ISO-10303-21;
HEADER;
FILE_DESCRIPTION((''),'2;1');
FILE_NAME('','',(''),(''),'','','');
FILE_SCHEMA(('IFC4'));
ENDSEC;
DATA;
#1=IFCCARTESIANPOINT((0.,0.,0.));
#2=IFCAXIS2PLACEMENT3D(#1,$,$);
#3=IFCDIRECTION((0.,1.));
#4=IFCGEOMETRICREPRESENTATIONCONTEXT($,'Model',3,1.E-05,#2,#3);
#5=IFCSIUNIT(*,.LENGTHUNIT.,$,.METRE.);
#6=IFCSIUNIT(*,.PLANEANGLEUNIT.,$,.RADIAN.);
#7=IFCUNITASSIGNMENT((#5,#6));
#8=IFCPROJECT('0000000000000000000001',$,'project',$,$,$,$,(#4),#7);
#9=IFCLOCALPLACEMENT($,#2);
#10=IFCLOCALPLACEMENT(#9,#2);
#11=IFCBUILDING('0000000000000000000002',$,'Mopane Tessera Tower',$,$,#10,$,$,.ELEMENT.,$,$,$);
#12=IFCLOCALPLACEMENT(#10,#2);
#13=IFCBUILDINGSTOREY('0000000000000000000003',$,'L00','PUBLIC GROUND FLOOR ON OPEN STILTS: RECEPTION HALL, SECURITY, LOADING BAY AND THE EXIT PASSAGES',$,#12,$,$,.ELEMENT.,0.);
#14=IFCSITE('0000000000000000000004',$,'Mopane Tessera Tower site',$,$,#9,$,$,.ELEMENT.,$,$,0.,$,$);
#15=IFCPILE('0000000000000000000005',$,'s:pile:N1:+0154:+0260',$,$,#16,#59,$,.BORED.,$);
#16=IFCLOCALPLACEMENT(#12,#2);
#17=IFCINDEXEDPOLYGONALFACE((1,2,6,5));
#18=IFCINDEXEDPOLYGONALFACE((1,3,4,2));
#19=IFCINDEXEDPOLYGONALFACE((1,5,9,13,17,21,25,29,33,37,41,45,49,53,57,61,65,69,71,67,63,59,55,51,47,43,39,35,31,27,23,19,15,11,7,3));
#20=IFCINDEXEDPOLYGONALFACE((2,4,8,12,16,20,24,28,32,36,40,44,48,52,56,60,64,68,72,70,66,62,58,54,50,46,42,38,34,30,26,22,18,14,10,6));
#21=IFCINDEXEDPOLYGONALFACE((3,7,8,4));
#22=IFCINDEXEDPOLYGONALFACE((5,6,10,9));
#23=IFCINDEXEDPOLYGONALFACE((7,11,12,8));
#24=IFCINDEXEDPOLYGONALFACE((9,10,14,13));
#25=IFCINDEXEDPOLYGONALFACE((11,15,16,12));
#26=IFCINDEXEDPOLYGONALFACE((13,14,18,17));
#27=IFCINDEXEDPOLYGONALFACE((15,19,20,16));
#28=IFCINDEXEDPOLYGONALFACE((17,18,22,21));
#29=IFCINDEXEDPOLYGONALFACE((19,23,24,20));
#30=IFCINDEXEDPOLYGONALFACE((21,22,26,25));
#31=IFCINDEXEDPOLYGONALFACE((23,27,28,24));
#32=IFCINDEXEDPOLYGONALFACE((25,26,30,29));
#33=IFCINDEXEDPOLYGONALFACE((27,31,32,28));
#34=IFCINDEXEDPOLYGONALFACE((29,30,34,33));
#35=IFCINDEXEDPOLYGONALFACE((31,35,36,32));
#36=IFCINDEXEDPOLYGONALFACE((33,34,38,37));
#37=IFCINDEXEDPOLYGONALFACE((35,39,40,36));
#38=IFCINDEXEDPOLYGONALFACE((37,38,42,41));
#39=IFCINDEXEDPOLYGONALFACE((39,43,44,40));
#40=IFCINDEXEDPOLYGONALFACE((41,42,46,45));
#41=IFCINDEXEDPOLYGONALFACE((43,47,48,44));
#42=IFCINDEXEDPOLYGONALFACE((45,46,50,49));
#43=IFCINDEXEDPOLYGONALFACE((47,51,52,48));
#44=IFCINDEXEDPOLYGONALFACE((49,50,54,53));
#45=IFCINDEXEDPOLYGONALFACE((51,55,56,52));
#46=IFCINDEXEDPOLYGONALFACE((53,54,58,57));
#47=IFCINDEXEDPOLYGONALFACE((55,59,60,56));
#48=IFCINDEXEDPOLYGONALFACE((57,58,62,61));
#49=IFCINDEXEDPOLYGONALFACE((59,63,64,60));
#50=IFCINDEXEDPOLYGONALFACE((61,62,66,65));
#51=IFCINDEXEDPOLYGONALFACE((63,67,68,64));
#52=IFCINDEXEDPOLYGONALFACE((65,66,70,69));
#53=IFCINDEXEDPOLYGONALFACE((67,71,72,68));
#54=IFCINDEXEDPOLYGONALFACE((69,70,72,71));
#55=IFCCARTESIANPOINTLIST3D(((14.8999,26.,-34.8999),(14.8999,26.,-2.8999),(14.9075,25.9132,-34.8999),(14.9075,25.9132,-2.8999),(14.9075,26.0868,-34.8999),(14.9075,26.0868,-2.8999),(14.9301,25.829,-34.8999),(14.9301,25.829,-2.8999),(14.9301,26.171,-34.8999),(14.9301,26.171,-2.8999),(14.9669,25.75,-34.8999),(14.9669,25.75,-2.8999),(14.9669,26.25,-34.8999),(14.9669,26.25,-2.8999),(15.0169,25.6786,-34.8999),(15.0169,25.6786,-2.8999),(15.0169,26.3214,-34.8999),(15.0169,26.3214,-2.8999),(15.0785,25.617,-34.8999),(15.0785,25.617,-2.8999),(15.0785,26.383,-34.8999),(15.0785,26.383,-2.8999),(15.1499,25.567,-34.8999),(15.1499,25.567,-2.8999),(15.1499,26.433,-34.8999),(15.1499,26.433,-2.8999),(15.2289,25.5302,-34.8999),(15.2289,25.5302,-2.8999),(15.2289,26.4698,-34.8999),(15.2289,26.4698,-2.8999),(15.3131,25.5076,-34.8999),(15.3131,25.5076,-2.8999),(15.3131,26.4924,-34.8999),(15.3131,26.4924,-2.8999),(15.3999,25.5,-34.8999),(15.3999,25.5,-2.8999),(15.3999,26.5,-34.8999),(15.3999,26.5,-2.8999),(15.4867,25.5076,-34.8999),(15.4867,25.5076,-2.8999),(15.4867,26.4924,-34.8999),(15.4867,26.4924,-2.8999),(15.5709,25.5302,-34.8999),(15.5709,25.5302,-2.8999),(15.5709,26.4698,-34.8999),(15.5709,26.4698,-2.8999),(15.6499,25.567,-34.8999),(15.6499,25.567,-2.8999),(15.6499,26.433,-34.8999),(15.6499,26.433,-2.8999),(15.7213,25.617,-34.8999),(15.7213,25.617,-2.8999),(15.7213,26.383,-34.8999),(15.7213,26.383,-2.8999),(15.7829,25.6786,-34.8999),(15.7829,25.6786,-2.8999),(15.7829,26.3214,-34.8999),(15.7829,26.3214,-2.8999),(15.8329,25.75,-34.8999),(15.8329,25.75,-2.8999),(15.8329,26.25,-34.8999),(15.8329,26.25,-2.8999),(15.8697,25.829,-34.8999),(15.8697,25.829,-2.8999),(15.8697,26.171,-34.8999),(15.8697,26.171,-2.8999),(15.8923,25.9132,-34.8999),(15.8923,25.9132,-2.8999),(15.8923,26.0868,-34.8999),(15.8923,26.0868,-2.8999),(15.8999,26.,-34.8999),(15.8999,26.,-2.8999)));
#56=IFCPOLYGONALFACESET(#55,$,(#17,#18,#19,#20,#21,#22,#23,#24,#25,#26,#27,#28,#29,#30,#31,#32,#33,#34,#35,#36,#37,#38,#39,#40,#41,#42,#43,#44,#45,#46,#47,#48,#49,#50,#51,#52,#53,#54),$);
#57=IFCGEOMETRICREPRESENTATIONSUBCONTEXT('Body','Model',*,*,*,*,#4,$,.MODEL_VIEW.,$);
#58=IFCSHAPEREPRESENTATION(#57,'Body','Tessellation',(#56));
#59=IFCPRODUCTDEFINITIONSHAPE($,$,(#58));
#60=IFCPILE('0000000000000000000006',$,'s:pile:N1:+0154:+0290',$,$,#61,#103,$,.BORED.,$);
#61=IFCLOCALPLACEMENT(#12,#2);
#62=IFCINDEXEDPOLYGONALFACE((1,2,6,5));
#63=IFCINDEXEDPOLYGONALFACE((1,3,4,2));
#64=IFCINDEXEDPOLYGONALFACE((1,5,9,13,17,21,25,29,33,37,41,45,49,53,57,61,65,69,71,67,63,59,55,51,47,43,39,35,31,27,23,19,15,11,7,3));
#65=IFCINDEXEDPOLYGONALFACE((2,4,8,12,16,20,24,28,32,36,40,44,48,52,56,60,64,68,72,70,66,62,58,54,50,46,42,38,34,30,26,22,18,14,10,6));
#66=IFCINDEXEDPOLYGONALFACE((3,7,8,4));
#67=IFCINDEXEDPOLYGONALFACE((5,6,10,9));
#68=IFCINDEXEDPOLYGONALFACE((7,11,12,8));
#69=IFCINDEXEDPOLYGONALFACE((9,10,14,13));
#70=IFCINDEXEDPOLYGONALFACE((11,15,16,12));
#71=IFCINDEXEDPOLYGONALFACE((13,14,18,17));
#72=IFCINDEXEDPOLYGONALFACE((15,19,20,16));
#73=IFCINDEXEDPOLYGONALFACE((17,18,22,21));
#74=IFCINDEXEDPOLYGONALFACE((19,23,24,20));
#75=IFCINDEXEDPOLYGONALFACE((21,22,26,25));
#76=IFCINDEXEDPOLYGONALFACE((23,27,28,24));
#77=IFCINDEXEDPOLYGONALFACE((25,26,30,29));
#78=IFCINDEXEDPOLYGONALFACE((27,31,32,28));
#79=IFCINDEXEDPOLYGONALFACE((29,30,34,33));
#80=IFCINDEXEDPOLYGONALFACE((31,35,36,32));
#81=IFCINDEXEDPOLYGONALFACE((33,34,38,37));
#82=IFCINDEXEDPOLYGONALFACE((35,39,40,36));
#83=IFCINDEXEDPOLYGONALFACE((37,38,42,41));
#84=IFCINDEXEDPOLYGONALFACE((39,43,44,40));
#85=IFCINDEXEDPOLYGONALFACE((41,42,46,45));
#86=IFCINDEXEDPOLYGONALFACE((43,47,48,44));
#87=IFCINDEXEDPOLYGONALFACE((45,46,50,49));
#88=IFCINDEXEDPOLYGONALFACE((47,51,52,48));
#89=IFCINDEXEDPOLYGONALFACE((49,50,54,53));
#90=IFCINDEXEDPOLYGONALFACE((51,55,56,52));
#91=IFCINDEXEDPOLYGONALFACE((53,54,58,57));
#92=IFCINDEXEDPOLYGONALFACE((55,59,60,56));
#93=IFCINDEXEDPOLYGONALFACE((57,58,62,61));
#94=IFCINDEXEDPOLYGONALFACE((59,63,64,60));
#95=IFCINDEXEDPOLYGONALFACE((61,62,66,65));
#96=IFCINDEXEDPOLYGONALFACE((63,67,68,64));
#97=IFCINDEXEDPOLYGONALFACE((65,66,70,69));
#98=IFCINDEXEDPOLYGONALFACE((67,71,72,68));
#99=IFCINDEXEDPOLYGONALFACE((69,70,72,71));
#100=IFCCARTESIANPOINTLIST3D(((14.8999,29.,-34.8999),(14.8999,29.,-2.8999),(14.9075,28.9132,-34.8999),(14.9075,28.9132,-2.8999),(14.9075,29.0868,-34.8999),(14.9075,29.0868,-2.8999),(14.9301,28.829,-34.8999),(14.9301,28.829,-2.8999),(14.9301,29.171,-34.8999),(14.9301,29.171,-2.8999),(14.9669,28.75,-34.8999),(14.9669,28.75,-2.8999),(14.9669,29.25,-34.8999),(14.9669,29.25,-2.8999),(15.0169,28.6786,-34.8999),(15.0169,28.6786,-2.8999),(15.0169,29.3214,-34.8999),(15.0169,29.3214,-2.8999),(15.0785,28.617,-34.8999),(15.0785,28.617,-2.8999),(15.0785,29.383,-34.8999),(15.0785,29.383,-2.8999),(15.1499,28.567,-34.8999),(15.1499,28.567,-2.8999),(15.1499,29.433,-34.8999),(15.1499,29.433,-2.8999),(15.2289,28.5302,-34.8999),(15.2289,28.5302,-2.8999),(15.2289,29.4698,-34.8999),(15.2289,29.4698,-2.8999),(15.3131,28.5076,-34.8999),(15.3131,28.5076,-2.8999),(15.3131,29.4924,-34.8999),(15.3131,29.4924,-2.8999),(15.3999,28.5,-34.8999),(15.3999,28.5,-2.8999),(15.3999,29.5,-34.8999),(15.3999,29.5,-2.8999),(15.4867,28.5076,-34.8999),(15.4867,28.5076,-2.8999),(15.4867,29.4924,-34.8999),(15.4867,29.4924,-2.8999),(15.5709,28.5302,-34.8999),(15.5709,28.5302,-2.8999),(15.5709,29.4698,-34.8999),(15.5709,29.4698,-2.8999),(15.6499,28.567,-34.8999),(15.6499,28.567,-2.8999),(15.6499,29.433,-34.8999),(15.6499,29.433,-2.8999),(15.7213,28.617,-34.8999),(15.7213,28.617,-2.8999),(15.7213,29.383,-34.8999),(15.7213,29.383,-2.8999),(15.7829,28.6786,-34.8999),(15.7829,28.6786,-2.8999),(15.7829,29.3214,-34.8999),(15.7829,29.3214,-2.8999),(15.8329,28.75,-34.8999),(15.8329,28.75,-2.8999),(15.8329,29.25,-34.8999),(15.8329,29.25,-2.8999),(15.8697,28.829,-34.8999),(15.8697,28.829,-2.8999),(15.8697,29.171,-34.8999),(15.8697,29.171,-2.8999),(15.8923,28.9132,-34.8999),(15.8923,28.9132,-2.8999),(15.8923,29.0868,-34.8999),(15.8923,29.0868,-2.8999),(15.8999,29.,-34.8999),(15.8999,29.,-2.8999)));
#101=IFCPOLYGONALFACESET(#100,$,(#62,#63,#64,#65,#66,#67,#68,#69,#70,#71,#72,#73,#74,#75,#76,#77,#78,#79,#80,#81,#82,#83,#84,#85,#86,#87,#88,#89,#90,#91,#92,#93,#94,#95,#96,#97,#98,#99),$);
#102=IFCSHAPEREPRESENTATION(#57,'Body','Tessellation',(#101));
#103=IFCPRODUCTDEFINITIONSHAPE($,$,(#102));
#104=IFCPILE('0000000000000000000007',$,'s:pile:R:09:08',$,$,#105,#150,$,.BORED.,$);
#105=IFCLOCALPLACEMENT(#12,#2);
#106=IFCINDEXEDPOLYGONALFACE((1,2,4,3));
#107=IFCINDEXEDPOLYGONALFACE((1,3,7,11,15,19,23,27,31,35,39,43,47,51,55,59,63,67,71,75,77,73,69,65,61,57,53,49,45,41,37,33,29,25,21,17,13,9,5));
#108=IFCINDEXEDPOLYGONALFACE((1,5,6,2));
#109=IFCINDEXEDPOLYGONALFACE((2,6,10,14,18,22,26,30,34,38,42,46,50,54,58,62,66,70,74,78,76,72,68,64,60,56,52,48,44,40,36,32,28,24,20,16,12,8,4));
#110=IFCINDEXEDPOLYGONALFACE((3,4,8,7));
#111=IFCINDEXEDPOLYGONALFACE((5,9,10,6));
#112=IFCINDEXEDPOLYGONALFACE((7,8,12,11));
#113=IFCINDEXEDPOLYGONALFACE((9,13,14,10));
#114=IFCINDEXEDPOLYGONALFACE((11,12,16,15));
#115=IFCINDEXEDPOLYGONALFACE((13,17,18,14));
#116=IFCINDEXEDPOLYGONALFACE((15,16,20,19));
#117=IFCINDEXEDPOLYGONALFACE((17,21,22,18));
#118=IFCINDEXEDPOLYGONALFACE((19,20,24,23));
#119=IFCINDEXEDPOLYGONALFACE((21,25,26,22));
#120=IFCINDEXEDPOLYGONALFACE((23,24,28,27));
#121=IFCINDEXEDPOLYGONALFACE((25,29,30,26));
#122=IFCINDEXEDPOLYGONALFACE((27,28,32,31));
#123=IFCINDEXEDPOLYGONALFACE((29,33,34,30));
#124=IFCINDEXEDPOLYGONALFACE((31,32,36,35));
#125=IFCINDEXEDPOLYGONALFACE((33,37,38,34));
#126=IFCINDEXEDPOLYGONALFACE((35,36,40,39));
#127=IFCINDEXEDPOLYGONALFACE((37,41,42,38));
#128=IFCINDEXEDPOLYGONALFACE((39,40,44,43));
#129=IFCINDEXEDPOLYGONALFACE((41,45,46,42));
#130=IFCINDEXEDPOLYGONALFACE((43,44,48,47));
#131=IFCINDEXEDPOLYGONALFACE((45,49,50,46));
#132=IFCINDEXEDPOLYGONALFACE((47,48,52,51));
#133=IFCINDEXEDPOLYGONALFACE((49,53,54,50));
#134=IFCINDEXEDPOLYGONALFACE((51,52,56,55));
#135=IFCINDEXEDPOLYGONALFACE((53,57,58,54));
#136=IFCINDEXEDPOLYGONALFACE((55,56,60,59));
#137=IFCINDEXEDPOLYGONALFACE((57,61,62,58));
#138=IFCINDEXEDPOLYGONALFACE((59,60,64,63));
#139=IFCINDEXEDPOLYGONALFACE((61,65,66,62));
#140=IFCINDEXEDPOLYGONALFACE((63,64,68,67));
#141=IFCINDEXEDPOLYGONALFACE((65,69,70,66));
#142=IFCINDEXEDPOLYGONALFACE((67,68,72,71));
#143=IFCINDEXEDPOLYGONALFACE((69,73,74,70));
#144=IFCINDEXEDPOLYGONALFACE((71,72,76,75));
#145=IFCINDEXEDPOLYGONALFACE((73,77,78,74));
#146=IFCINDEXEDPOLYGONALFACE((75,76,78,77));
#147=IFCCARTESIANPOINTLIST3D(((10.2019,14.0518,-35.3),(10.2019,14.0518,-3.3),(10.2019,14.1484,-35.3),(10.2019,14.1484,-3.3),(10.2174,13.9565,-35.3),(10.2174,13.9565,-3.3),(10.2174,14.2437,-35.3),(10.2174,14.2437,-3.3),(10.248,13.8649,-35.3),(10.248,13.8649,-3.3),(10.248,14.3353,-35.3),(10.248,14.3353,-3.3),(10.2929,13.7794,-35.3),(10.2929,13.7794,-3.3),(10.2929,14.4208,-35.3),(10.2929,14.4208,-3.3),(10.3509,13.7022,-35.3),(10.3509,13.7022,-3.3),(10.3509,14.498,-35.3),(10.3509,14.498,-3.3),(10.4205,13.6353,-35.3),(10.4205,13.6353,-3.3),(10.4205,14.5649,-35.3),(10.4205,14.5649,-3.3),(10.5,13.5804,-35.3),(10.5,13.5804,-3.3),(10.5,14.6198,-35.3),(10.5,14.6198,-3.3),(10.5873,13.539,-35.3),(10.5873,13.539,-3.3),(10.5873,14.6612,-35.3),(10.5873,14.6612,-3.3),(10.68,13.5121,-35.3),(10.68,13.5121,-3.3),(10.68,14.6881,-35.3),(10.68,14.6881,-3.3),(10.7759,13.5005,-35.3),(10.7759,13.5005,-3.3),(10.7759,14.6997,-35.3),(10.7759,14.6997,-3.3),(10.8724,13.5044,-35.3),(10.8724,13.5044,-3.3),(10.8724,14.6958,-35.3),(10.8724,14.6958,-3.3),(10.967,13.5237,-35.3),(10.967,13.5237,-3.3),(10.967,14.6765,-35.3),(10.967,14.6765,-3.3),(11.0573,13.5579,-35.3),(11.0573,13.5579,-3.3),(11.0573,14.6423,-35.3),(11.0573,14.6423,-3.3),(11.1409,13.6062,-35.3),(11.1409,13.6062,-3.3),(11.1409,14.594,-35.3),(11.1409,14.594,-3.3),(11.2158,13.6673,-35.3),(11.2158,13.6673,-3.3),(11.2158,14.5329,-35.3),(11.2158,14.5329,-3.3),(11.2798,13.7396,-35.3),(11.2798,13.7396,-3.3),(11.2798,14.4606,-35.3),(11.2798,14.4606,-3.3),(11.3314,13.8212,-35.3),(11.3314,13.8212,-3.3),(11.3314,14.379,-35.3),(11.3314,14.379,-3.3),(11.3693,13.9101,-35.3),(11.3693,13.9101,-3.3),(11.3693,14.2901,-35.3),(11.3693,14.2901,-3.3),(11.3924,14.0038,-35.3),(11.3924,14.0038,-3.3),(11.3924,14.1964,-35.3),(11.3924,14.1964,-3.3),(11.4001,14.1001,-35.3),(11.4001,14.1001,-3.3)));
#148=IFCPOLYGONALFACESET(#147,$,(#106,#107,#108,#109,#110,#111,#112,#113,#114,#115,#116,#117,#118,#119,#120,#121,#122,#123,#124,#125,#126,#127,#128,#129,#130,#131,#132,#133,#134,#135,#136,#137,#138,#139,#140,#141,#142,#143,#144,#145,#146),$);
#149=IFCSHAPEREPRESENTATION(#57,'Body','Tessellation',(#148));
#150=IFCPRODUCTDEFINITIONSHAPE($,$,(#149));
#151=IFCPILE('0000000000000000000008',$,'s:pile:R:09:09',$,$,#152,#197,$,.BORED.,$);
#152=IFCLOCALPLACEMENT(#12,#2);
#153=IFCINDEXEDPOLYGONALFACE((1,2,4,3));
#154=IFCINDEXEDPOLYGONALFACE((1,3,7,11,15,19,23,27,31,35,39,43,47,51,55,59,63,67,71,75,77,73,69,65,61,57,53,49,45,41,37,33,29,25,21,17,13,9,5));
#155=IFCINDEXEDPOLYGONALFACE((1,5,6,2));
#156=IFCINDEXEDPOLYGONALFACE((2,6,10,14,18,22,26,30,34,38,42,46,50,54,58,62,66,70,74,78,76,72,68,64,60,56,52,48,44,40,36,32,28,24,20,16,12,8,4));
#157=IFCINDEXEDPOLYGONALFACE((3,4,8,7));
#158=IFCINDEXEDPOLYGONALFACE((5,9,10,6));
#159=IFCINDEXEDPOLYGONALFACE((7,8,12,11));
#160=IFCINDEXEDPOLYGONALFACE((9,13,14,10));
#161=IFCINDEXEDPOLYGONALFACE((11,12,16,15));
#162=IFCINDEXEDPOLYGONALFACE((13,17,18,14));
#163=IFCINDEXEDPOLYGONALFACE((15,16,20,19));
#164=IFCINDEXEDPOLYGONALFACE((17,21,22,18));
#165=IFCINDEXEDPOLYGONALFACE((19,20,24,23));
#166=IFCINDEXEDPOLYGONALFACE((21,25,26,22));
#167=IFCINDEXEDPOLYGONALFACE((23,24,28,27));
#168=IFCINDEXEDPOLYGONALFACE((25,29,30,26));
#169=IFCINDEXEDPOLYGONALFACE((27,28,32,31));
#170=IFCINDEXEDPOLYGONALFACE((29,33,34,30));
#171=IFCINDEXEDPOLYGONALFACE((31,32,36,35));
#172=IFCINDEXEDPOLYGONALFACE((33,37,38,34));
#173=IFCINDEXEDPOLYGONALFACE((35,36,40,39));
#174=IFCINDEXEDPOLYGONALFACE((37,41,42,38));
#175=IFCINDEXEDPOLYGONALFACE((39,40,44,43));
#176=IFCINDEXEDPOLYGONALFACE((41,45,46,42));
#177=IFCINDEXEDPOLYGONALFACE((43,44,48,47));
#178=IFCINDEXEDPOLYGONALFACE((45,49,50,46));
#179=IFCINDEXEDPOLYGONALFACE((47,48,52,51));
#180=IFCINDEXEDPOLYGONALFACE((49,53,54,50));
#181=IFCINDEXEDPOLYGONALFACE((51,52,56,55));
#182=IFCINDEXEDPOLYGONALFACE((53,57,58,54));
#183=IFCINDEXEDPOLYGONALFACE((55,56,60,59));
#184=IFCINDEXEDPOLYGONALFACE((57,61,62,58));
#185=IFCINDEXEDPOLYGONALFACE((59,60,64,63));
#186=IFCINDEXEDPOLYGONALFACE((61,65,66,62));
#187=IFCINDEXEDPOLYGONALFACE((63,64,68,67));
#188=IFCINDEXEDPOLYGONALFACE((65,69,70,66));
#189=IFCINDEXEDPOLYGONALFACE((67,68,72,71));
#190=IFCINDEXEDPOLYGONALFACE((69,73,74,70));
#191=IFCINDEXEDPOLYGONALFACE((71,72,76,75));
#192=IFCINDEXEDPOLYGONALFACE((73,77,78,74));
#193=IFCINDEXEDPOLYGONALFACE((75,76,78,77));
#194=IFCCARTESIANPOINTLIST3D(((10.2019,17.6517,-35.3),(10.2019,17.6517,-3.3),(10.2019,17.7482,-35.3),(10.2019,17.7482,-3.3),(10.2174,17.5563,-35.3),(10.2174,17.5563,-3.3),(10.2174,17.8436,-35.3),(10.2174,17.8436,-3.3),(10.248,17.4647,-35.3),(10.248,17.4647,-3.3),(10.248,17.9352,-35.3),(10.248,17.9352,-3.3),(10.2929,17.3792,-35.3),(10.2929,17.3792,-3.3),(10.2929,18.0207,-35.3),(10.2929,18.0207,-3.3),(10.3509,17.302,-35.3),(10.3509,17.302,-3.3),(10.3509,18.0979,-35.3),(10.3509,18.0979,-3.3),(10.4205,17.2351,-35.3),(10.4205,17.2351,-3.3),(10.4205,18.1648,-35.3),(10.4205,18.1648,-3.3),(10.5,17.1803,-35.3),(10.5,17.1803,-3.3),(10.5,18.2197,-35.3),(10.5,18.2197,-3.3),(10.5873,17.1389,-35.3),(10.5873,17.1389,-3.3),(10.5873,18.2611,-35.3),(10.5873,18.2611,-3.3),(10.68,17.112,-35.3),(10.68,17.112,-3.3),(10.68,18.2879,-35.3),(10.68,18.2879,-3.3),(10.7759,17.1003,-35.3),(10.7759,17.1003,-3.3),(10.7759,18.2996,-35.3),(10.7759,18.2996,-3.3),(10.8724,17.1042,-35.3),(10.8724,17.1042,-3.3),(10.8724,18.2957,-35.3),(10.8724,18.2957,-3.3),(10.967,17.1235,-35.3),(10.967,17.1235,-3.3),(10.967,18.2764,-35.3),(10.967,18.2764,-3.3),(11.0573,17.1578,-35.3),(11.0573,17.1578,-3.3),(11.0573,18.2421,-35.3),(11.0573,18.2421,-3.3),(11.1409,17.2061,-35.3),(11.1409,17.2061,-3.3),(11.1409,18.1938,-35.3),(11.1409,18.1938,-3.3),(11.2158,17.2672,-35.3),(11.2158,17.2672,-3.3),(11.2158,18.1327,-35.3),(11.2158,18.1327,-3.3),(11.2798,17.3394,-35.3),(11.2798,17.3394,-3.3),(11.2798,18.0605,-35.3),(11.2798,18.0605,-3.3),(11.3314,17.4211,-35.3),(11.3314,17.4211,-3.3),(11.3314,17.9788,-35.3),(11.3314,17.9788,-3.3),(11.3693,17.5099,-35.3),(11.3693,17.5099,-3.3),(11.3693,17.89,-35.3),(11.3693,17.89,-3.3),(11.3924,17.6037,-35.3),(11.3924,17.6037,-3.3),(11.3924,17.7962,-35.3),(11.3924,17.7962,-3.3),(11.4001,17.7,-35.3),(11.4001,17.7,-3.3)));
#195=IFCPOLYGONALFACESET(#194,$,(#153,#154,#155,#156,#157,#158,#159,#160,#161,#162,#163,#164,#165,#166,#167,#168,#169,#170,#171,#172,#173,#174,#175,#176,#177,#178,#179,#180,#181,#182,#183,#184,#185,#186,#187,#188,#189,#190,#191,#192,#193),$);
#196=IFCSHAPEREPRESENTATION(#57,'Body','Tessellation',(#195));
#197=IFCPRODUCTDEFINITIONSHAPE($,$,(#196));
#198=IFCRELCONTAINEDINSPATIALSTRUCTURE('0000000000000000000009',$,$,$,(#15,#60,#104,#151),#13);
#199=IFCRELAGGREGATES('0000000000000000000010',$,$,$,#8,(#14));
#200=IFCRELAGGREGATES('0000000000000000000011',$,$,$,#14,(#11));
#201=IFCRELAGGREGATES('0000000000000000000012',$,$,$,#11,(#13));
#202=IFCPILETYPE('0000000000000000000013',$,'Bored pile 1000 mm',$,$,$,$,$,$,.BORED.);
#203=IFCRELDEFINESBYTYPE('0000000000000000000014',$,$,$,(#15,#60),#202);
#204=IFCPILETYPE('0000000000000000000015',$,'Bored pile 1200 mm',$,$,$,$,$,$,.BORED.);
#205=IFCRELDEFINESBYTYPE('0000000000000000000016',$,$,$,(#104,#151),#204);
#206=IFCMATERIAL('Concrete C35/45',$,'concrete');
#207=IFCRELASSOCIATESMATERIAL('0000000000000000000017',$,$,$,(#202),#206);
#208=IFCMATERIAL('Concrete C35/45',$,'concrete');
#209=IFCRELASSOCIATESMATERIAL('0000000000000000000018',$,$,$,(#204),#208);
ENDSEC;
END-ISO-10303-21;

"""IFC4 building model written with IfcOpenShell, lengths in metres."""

from ifc_helpers import new_model, si_unit, direction, frame, origin, origin_2d, place, context, subcontext, project, spatial, circle, extrude, material, material_profile, profile_set, type_object, element, save


model = new_model("IFC4")

# Units and contexts
model_context = context("Model", 3, precision=1e-05, world=origin(), true_north=direction((0.0, 1.0)))
body_context = subcontext(model_context, "Body", "Model", "MODEL_VIEW")
ifc_project = project(units=[si_unit("LENGTHUNIT", "METRE"), si_unit("PLANEANGLEUNIT", "RADIAN")], contexts=[model_context])

# Site, building, storey
site_placement = place(None, origin())
site = spatial("IfcSite", under=ifc_project, at=site_placement, Name="Mopane Tessera Tower site", CompositionType="ELEMENT", RefElevation=0.0)
building_placement = place(site_placement, origin())
building = spatial("IfcBuilding", under=site, at=building_placement, Name="Mopane Tessera Tower", CompositionType="ELEMENT")
storey_placement = place(building_placement, origin())
storey = spatial("IfcBuildingStorey", under=building, at=storey_placement, Name="L00", Description="PUBLIC GROUND FLOOR ON OPEN STILTS: RECEPTION HALL, SECURITY, LOADING BAY AND THE EXIT PASSAGES", CompositionType="ELEMENT", Elevation=0.0)

# Piles
ifc_material_1 = material(Name="Concrete C35/45", Category="concrete")
ifc_material_profile_1 = material_profile(ifc_material_1, circle(Radius=0.5, at=origin_2d()))
ifc_profile_set_1 = profile_set([ifc_material_profile_1], Name="Concrete C35/45")
pile_type_1 = type_object("IfcPileType", Name="Bored pile 1000 mm", PredefinedType="BORED", material=ifc_profile_set_1)
for number, where, z_axis, x_axis, name in (
    (1, (15.3999, 26.0, -2.8999), (0.0, 0.0, -1.0), (1.0, 0.0, 0.0), "s:pile:N1:+0154:+0260"),
    (2, (15.3999, 29.0, -2.8999), (0.0, 0.0, -1.0), (1.0, 0.0, 0.0), "s:pile:N1:+0154:+0290"),
):
    element("IfcPile", number, at=place(storey_placement, frame(where, z_axis=z_axis, x_axis=x_axis)), inside=storey, type_object=pile_type_1, Name=name, PredefinedType="BORED", context=body_context, shape_type="SweptSolid", body=[
        extrude(circle(Radius=0.5, at=origin_2d()), origin(), (0.0, 0.0, 1.0), 32.0),
    ])
ifc_material_2 = material(Name="Concrete C35/45", Category="concrete")
ifc_material_profile_2 = material_profile(ifc_material_2, circle(Radius=0.6001, at=origin_2d()))
ifc_profile_set_2 = profile_set([ifc_material_profile_2], Name="Concrete C35/45")
pile_type_2 = type_object("IfcPileType", Name="Bored pile 1200 mm", PredefinedType="BORED", material=ifc_profile_set_2)
for number, where, z_axis, x_axis, name in (
    (3, (10.8, 14.1001, -3.3), (0.0, 0.0, -1.0), (1.0, 0.0, 0.0), "s:pile:R:09:08"),
    (4, (10.8, 17.7, -3.3), (0.0, 0.0, -1.0), (1.0, 0.0, 0.0), "s:pile:R:09:09"),
):
    element("IfcPile", number, at=place(storey_placement, frame(where, z_axis=z_axis, x_axis=x_axis)), inside=storey, type_object=pile_type_2, Name=name, PredefinedType="BORED", context=body_context, shape_type="SweptSolid", body=[
        extrude(circle(Radius=0.6001, at=origin_2d()), origin(), (0.0, 0.0, 1.0), 32.0),
    ])

save(model, "model.ifc")
